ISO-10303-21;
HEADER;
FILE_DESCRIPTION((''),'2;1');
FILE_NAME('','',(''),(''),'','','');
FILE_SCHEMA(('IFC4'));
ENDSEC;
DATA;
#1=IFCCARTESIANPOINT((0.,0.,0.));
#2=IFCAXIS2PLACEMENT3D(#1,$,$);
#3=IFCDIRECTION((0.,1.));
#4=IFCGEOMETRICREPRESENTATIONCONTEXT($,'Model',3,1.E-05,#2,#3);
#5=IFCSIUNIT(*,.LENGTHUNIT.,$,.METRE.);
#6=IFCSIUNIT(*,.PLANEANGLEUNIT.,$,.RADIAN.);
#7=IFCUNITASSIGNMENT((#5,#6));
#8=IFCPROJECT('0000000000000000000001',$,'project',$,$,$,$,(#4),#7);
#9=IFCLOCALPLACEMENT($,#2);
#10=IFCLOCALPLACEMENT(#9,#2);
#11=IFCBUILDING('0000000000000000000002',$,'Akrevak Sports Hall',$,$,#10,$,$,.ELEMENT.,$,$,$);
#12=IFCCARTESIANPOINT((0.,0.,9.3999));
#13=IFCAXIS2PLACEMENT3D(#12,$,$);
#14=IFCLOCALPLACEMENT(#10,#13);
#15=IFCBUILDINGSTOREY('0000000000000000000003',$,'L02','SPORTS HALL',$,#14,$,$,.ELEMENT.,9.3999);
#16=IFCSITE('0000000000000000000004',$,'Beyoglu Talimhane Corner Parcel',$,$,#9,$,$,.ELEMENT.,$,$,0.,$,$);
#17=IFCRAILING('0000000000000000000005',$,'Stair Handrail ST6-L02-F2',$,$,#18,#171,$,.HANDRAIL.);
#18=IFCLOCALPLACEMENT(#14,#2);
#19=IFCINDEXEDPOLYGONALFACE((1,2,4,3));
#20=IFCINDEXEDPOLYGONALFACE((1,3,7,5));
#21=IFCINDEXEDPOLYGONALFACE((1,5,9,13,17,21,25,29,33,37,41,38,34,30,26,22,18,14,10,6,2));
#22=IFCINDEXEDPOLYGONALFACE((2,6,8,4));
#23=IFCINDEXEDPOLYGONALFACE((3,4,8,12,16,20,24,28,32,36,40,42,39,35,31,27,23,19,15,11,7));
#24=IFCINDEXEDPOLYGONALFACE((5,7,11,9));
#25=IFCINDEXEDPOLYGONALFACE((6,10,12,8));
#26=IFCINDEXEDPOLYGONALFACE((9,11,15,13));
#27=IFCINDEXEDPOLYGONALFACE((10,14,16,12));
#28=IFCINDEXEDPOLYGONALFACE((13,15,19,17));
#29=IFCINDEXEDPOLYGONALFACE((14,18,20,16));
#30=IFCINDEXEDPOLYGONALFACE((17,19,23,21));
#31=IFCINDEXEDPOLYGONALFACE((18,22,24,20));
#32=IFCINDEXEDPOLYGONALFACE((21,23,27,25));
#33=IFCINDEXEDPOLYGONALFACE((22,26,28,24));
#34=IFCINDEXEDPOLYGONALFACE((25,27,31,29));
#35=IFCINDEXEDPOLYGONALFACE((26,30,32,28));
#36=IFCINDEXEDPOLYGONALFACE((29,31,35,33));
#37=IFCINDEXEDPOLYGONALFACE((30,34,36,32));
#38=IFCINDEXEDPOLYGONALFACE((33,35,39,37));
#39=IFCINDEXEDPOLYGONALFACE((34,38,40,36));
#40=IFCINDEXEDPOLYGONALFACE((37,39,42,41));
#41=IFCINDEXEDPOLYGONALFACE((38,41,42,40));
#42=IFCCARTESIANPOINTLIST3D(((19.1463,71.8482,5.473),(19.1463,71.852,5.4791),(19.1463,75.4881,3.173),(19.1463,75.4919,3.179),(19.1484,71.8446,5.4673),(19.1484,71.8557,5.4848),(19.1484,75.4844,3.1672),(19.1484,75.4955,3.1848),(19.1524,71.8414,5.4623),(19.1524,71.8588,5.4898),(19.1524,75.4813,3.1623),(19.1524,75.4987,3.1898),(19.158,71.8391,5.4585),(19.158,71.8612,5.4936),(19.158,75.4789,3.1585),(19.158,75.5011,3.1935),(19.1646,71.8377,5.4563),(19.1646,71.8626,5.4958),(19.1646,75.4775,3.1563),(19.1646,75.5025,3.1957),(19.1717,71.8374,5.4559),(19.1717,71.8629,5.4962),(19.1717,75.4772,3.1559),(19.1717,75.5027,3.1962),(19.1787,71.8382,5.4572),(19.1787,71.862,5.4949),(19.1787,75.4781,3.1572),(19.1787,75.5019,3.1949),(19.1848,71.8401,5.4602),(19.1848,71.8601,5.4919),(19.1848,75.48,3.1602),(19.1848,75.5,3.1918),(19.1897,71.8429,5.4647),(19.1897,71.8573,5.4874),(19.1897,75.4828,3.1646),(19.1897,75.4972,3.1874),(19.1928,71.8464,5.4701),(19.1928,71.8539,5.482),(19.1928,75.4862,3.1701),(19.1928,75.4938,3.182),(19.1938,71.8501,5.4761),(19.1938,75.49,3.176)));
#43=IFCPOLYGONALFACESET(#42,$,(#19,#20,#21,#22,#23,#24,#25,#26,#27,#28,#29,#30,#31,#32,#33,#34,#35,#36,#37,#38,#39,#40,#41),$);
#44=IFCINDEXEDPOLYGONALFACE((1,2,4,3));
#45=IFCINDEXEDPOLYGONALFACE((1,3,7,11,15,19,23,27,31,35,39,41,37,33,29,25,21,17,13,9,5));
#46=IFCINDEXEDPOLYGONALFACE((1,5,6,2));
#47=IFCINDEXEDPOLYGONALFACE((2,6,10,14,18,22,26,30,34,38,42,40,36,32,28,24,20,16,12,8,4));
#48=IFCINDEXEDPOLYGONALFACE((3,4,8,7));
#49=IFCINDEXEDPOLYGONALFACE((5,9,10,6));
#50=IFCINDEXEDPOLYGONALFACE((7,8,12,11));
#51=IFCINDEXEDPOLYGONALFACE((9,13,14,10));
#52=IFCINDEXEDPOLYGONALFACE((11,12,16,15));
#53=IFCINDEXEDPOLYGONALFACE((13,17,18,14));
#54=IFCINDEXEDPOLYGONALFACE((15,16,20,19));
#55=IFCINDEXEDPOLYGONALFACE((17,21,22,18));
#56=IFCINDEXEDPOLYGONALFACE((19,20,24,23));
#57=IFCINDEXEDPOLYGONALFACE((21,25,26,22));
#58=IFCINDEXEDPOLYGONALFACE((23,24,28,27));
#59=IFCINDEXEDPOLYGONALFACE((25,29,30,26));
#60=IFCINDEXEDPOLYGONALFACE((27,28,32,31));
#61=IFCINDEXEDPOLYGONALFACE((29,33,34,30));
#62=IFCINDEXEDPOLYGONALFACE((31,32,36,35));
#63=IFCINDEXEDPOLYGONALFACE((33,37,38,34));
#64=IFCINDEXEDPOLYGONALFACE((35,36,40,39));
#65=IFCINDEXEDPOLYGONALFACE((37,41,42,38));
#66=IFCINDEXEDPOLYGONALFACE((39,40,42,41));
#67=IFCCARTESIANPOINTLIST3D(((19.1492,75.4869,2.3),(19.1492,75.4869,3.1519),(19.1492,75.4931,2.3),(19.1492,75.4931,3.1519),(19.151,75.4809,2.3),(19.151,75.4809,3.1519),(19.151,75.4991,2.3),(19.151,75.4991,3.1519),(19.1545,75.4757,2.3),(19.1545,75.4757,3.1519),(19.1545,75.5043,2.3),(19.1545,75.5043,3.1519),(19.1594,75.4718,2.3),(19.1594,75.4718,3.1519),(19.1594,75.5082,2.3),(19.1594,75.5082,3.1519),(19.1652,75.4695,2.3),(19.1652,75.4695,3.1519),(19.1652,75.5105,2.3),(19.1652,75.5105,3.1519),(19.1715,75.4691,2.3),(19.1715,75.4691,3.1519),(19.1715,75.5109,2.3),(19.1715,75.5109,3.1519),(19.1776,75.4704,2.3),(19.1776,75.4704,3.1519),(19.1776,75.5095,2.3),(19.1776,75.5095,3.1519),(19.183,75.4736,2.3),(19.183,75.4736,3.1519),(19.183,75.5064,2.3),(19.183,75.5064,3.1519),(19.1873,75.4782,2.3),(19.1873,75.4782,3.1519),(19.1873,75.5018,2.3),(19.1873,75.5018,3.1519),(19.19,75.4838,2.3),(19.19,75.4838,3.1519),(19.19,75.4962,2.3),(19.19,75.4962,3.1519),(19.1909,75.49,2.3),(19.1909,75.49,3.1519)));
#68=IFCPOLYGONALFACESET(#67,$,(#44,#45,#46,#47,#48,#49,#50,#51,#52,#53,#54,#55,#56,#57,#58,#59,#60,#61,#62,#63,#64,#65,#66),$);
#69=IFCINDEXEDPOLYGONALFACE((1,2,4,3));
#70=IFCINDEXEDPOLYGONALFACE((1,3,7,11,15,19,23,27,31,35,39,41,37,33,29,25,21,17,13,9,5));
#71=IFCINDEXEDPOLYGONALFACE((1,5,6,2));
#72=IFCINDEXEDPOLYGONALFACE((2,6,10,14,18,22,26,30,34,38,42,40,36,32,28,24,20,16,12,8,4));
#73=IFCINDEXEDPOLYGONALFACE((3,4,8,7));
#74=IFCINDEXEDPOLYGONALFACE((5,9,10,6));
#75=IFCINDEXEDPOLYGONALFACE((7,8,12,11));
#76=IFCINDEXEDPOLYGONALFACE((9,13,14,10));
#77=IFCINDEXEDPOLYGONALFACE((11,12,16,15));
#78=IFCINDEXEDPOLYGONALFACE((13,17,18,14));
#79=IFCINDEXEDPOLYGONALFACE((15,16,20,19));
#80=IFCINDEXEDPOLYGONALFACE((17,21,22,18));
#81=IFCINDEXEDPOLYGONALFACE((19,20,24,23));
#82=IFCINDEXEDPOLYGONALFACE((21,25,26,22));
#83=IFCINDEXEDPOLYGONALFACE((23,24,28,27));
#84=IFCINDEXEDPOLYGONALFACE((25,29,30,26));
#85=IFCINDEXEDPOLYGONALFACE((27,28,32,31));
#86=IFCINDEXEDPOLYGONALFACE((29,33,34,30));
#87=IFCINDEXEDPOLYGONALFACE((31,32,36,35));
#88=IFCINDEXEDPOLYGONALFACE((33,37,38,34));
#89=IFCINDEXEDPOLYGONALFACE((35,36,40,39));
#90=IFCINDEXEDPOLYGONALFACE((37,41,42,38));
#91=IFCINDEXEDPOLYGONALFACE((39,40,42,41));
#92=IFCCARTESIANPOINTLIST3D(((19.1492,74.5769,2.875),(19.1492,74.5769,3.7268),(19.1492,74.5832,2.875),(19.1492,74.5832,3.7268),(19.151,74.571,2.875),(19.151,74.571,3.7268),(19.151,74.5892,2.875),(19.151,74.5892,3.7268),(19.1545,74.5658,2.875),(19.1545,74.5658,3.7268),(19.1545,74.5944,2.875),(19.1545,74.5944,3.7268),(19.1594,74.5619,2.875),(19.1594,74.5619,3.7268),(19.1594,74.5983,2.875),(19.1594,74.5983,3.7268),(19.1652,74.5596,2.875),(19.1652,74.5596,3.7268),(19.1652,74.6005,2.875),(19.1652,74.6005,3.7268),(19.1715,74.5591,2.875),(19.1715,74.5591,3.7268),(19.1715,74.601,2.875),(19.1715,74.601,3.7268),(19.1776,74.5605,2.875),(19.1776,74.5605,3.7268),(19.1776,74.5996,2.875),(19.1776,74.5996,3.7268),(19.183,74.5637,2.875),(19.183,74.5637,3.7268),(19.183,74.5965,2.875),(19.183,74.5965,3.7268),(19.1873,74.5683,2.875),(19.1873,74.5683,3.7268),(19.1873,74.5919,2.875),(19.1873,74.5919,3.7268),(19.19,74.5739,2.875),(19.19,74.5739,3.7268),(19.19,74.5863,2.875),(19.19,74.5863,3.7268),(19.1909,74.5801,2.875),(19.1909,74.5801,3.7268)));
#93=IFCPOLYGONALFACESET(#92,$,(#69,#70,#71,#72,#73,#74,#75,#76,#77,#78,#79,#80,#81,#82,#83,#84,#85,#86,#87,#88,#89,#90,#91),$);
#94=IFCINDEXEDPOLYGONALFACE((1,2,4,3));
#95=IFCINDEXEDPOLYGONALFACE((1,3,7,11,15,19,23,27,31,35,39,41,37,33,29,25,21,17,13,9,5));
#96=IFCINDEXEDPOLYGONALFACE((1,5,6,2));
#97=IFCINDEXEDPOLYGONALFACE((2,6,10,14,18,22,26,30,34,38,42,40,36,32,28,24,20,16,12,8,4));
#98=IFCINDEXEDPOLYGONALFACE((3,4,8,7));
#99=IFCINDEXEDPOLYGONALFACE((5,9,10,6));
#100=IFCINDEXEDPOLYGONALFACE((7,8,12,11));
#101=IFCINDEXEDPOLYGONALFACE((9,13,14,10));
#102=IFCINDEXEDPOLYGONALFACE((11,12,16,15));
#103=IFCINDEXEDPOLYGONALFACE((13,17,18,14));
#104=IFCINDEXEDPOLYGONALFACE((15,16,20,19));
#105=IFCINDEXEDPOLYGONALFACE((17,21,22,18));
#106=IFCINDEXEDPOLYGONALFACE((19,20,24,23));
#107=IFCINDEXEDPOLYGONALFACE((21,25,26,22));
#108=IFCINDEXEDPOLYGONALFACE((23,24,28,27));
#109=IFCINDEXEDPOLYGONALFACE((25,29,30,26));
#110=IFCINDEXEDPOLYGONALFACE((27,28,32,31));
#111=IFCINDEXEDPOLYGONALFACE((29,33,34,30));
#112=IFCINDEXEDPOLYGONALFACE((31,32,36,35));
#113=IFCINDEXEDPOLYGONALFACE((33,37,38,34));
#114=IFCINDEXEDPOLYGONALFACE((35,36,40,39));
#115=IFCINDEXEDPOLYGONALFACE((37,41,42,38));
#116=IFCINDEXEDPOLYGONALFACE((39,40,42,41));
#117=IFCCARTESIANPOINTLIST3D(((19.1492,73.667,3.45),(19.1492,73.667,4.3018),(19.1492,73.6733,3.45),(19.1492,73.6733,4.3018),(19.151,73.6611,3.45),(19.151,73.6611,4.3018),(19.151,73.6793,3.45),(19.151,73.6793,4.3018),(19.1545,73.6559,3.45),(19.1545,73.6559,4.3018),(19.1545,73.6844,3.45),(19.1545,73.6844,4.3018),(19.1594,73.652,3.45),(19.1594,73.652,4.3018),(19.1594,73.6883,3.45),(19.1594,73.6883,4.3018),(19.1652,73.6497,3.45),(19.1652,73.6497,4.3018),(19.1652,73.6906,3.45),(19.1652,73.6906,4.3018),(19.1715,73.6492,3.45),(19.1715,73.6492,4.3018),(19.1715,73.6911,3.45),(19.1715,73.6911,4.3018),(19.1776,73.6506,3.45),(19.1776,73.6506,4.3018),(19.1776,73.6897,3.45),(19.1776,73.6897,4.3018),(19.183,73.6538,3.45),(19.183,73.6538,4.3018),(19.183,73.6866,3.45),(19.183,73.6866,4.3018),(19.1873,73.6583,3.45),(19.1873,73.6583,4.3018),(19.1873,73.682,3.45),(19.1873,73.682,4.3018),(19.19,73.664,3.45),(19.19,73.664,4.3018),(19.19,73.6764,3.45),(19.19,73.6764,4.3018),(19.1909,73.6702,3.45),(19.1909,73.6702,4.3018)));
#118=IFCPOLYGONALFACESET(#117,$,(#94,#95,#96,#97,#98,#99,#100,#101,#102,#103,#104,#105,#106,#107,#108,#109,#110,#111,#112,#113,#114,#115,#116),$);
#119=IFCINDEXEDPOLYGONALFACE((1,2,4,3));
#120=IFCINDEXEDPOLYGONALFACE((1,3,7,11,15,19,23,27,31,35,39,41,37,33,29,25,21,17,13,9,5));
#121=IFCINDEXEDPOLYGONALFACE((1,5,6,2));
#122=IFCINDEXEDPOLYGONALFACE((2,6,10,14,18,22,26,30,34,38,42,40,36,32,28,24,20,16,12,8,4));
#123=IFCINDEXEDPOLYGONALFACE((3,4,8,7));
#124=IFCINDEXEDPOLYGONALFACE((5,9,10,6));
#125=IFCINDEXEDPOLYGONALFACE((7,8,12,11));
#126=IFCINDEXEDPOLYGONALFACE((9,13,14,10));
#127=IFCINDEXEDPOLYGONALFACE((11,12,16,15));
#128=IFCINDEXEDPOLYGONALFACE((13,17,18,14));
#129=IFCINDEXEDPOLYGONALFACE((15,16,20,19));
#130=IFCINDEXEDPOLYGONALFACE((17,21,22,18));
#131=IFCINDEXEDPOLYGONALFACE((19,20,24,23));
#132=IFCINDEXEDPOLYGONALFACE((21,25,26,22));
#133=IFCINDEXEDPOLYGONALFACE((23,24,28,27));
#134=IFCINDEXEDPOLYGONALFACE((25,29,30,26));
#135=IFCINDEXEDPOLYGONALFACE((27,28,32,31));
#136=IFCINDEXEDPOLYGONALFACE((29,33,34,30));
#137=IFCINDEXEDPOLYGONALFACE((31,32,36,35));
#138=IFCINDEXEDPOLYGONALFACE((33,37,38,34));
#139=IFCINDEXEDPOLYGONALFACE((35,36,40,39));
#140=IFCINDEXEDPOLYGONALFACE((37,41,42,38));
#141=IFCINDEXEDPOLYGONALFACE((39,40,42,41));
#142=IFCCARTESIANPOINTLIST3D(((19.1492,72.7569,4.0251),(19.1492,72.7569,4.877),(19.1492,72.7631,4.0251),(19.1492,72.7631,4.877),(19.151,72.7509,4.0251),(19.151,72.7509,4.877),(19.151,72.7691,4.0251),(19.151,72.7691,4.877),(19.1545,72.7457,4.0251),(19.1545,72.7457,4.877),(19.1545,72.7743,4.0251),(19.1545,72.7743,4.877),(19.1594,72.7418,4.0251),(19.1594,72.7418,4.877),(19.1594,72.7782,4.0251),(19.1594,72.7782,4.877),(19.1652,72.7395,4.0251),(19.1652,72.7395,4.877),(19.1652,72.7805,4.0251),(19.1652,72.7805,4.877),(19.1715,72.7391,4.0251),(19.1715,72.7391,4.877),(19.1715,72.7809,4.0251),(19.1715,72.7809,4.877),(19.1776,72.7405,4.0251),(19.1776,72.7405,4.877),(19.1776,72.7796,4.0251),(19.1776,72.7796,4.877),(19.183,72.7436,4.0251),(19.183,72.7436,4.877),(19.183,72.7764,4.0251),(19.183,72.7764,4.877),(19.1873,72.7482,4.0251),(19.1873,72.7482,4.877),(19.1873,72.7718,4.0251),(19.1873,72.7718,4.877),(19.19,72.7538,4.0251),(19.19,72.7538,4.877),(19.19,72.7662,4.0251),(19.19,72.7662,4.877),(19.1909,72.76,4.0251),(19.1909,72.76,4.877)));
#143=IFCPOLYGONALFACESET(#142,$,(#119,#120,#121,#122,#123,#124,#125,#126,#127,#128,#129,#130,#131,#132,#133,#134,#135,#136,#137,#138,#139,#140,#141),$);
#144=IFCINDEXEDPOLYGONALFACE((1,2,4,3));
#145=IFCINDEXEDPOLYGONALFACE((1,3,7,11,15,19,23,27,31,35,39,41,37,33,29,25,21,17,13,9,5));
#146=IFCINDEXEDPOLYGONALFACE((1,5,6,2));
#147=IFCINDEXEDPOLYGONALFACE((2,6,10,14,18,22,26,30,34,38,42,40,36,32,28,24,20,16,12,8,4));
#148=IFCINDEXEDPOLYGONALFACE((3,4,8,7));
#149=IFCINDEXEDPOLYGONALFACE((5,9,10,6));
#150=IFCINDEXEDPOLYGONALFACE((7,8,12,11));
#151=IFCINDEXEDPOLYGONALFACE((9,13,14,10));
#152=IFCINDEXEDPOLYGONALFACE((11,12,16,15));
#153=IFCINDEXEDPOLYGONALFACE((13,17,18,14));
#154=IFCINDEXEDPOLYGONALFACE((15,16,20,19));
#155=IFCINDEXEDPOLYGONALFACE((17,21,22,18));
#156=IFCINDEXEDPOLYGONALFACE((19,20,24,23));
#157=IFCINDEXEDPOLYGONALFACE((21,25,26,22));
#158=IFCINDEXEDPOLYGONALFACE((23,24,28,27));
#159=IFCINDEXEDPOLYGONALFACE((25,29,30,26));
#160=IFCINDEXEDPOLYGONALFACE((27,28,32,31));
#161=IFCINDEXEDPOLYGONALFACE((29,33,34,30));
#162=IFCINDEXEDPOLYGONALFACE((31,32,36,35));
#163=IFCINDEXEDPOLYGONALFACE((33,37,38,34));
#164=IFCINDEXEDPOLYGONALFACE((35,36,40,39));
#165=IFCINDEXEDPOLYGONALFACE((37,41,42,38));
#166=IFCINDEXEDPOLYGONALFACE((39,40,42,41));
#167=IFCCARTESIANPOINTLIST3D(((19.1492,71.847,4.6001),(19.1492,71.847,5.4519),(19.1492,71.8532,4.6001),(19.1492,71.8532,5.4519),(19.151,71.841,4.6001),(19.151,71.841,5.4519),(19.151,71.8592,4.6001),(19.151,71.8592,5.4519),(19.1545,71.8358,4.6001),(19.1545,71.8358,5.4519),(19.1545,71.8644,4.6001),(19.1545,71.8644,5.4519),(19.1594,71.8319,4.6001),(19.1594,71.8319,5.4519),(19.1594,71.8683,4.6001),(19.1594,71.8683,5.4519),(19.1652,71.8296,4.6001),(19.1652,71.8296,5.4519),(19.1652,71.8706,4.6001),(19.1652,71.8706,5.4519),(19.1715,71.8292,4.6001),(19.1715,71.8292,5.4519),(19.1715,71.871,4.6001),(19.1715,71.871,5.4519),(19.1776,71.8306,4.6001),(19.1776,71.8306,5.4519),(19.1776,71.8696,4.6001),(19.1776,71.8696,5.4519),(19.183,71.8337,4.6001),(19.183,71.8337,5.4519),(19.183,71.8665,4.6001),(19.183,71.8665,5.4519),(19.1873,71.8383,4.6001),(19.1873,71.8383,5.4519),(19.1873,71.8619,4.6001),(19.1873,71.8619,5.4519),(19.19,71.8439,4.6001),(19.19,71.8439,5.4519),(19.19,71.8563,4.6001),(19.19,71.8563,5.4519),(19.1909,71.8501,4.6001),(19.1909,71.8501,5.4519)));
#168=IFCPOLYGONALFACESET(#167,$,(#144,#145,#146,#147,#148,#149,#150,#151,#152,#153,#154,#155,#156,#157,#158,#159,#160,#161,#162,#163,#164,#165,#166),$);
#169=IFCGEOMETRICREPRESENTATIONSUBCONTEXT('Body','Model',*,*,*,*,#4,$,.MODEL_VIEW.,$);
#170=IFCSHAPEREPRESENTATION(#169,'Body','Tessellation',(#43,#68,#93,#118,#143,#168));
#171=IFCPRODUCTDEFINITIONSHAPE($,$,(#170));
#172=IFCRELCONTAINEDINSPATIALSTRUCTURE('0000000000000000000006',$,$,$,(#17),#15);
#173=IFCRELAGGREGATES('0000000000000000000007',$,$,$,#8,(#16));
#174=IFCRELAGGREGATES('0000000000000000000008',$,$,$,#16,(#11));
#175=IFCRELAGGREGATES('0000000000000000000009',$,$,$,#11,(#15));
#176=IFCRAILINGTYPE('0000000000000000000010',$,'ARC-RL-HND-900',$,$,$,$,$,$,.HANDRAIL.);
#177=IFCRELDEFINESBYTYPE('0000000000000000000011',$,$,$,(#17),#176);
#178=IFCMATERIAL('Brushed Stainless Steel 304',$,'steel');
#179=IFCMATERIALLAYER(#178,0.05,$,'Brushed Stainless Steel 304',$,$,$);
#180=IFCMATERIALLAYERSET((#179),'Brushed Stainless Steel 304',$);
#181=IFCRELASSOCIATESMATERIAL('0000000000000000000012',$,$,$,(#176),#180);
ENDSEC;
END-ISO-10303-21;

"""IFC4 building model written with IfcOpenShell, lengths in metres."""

from ifc_helpers import new_model, si_unit, direction, frame, origin, origin_2d, place, context, subcontext, project, spatial, circle, extrude, material, layer, layer_set, type_object, element, save


model = new_model("IFC4")

# Units and contexts
model_context = context("Model", 3, precision=1e-05, world=origin(), true_north=direction((0.0, 1.0)))
body_context = subcontext(model_context, "Body", "Model", "MODEL_VIEW")
ifc_project = project(units=[si_unit("LENGTHUNIT", "METRE"), si_unit("PLANEANGLEUNIT", "RADIAN")], contexts=[model_context])

# Site, building, storey
site_placement = place(None, origin())
site = spatial("IfcSite", under=ifc_project, at=site_placement, Name="Beyoglu Talimhane Corner Parcel", CompositionType="ELEMENT", RefElevation=0.0)
building_placement = place(site_placement, origin())
building = spatial("IfcBuilding", under=site, at=building_placement, Name="Akrevak Sports Hall", CompositionType="ELEMENT")
storey_placement = place(building_placement, frame((0.0, 0.0, 9.3999)))
storey = spatial("IfcBuildingStorey", under=building, at=storey_placement, Name="L02", Description="SPORTS HALL", CompositionType="ELEMENT", Elevation=9.3999)

# Railing
ifc_material_1 = material(Name="Brushed Stainless Steel 304", Category="steel")
ifc_layer_1 = layer(ifc_material_1, 0.05, Name="Brushed Stainless Steel 304")
ifc_layer_set_1 = layer_set([ifc_layer_1], Name="Brushed Stainless Steel 304")
railing_type_1 = type_object("IfcRailingType", Name="ARC-RL-HND-900", PredefinedType="HANDRAIL", material=ifc_layer_set_1)
railing_1_placement = place(storey_placement, frame((19.1699, 75.49, 2.3)))
element("IfcRailing", 1, at=railing_1_placement, inside=storey, type_object=railing_type_1, Name="Stair Handrail ST6-L02-F2", PredefinedType="HANDRAIL", context=body_context, shape_type="SweptSolid", body=[
    extrude(circle(Radius=0.0239, at=origin_2d()), frame((0.0, 0.0, 0.876), z_axis=(0.0, -0.845366, 0.534187), x_axis=(1.0, 0.0, 0.0)), (0.0, 0.0, 1.0), 4.3057),
    extrude(circle(Radius=0.021, at=origin_2d()), origin(), (0.0, 0.0, 1.0), 0.8518),
    extrude(circle(Radius=0.021, at=origin_2d()), frame((0.0, -0.9099, 0.575)), (0.0, 0.0, 1.0), 0.8518),
    extrude(circle(Radius=0.021, at=origin_2d()), frame((0.0, -1.8198, 1.1499)), (0.0, 0.0, 1.0), 0.8518),
    extrude(circle(Radius=0.021, at=origin_2d()), frame((0.0, -2.73, 1.7251)), (0.0, 0.0, 1.0), 0.8518),
    extrude(circle(Radius=0.021, at=origin_2d()), frame((0.0, -3.6399, 2.3)), (0.0, 0.0, 1.0), 0.8518),
])

save(model, "model.ifc")
